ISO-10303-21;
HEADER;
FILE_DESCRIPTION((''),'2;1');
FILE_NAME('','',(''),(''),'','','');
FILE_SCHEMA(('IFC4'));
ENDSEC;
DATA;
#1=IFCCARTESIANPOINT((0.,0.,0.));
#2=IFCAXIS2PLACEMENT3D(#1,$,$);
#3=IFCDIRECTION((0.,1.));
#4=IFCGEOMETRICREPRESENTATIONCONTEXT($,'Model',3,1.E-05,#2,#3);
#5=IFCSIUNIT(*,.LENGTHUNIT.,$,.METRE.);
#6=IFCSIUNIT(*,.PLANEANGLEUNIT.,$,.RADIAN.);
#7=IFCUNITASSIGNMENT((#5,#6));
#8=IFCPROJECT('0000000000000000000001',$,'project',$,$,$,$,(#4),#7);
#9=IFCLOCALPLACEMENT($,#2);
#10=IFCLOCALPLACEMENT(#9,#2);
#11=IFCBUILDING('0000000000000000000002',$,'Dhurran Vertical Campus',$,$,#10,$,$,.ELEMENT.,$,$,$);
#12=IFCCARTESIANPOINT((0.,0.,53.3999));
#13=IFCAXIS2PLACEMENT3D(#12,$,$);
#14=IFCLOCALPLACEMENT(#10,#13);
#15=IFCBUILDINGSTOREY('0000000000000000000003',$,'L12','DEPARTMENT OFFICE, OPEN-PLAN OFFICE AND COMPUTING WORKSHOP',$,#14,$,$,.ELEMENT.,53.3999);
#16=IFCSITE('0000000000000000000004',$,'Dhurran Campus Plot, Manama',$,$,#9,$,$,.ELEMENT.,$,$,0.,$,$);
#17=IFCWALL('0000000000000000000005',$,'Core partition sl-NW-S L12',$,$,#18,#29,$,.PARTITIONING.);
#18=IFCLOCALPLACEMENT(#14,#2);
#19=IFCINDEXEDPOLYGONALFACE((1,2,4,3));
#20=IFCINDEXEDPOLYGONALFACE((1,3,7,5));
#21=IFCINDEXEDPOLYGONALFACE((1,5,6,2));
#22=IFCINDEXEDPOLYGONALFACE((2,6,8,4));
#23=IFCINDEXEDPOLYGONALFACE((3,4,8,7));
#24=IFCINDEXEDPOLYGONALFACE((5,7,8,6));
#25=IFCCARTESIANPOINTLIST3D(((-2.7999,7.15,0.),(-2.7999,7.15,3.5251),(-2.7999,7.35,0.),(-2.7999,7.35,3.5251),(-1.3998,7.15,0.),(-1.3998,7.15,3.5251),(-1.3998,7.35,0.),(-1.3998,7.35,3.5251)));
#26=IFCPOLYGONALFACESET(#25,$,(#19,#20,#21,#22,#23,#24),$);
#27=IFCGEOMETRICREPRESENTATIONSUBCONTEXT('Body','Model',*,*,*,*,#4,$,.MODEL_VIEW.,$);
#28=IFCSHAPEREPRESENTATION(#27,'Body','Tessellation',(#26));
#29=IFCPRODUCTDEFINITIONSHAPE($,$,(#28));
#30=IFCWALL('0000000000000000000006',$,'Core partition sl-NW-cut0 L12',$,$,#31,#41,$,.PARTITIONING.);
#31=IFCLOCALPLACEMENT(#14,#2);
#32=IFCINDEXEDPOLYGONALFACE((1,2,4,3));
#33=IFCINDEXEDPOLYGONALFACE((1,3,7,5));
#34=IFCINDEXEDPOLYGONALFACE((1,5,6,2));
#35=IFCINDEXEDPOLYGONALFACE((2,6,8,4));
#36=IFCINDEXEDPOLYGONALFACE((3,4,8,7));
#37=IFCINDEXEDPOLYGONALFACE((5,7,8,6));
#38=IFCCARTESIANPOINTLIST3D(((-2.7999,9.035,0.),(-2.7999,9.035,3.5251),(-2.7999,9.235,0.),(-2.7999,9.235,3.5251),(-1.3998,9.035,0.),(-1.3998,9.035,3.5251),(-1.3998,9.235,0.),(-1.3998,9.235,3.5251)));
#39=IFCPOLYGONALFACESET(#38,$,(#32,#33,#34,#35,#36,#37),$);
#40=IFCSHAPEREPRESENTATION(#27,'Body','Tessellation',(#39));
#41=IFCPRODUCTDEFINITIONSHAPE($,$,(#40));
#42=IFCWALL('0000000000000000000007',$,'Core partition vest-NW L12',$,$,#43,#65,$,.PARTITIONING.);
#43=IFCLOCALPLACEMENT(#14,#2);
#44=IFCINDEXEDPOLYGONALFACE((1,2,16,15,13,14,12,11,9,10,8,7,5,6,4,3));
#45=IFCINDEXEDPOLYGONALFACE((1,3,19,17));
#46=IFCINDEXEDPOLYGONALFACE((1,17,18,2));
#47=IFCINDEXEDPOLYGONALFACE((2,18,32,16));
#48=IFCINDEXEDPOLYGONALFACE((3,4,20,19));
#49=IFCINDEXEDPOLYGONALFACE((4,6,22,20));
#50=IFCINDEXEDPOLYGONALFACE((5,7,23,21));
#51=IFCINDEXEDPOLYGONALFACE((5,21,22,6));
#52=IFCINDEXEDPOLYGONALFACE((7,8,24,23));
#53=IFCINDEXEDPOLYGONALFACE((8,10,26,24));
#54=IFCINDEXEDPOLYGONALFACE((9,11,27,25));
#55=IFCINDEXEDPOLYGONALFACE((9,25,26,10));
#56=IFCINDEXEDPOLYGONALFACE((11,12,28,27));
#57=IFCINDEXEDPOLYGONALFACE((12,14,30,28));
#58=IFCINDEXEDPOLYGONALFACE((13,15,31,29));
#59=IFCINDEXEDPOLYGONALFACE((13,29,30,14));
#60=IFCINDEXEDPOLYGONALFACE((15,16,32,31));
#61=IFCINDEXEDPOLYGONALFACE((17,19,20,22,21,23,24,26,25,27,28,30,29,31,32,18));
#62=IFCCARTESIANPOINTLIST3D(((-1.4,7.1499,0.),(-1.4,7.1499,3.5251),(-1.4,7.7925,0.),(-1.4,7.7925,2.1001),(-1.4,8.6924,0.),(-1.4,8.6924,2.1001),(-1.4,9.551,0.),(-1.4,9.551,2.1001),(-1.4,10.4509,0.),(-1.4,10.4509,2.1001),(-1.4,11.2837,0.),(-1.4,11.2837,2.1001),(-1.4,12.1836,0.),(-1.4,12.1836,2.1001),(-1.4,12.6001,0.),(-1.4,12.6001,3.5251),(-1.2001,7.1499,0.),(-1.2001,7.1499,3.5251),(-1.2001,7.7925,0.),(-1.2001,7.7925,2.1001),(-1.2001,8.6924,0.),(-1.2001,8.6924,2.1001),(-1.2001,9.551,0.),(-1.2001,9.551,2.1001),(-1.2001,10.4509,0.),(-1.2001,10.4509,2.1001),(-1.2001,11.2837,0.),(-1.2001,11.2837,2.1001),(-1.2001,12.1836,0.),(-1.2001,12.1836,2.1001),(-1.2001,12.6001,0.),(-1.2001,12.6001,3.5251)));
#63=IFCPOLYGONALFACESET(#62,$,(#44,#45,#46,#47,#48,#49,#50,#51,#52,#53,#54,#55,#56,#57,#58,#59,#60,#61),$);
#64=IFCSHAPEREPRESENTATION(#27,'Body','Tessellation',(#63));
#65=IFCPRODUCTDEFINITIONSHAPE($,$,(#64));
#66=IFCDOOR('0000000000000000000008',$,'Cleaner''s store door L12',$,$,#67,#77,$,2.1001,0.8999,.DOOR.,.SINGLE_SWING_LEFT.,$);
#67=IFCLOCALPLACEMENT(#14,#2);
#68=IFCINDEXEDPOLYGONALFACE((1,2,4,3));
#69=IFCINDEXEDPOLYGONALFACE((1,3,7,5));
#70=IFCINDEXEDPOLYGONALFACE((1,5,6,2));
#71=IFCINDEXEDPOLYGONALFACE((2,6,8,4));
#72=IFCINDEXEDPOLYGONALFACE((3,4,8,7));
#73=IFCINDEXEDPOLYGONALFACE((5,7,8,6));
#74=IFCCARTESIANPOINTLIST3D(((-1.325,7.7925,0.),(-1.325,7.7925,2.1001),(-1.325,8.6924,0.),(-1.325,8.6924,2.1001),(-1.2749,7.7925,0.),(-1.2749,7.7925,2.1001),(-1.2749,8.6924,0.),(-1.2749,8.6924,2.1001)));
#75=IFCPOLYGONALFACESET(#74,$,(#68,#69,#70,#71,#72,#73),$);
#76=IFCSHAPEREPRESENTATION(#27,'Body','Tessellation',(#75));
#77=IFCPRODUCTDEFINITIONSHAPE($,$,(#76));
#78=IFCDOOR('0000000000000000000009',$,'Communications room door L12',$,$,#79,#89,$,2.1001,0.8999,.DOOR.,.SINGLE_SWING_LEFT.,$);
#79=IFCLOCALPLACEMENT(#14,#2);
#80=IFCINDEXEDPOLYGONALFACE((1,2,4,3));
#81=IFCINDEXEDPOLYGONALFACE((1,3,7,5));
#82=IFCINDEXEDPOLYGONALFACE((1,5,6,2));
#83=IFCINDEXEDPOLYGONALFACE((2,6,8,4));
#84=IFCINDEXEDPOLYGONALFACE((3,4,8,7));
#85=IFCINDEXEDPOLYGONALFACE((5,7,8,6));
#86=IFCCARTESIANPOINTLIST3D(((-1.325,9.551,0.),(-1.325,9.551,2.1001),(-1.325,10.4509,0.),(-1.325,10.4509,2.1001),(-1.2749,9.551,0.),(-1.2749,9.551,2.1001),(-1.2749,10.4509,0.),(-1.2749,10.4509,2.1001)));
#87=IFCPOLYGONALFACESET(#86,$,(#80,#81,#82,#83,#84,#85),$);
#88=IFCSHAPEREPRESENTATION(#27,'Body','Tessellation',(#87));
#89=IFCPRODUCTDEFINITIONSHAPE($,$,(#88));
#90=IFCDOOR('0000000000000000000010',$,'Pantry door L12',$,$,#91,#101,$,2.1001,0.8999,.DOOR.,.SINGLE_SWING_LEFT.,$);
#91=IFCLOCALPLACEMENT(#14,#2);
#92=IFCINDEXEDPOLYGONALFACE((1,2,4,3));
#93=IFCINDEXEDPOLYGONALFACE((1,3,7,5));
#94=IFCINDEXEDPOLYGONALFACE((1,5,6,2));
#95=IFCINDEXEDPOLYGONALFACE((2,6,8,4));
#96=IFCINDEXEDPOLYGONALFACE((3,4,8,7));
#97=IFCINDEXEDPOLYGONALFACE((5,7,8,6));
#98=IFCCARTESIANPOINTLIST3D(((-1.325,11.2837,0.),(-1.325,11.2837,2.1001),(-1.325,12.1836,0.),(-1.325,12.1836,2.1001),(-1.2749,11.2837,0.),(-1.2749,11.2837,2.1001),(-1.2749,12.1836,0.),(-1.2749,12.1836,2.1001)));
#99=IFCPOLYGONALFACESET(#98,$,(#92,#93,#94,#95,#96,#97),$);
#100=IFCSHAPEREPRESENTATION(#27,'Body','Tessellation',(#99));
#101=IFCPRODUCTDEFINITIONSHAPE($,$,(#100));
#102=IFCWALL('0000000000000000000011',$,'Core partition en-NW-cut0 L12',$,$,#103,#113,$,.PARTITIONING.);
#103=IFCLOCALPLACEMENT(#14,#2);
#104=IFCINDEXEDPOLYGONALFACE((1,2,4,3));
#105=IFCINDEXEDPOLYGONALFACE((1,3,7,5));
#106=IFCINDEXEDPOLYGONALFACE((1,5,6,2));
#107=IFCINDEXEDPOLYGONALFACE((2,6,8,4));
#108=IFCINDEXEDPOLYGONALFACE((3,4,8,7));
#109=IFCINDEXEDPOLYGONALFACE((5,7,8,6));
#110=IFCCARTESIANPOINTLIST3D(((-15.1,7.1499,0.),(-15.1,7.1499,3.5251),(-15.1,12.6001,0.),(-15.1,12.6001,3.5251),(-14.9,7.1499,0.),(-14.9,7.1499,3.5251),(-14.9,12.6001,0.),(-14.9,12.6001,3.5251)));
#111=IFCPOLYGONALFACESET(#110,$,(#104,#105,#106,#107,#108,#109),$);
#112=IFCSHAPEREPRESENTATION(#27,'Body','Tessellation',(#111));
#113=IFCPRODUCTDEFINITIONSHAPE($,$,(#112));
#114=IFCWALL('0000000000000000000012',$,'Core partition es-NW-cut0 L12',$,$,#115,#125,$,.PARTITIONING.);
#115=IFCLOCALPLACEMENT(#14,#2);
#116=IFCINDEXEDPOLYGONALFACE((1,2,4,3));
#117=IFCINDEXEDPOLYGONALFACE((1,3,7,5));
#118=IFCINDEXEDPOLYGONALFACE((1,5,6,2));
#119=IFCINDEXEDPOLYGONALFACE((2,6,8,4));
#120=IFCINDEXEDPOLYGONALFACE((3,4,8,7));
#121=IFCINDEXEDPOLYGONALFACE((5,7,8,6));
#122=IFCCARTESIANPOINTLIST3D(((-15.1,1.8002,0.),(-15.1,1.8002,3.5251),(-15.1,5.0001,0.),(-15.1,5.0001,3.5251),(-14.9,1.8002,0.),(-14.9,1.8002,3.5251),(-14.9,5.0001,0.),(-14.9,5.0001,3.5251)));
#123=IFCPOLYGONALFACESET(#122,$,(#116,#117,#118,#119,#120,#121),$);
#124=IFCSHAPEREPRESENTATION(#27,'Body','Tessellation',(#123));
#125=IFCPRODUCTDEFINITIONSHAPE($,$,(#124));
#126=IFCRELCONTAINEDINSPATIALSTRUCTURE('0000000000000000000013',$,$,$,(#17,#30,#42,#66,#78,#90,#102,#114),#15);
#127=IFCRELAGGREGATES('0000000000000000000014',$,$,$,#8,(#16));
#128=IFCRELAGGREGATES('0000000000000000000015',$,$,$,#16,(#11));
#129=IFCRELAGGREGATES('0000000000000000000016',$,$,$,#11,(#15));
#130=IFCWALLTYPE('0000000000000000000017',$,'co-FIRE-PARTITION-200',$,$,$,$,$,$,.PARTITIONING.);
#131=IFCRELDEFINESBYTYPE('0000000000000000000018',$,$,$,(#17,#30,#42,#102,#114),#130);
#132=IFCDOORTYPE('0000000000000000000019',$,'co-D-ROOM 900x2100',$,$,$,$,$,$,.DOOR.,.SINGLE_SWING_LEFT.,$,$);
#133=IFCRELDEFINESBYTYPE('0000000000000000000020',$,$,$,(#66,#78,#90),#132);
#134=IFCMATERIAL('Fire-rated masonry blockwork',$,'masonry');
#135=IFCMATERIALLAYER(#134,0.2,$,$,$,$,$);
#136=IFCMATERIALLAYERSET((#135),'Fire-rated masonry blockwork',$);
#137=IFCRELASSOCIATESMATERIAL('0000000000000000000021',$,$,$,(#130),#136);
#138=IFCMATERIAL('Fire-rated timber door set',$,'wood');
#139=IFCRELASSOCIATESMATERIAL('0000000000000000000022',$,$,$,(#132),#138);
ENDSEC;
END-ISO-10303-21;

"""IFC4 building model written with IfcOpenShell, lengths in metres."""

from ifc_helpers import new_model, si_unit, direction, frame, frame_2d, origin, place, context, subcontext, project, spatial, rectangle, extrude, material, layer, layer_set, type_object, element, fill, save


model = new_model("IFC4")

# Units and contexts
model_context = context("Model", 3, precision=1e-05, world=origin(), true_north=direction((0.0, 1.0)))
body_context = subcontext(model_context, "Body", "Model", "MODEL_VIEW")
ifc_project = project(units=[si_unit("LENGTHUNIT", "METRE"), si_unit("PLANEANGLEUNIT", "RADIAN")], contexts=[model_context])

# Site, building, storey
site_placement = place(None, origin())
site = spatial("IfcSite", under=ifc_project, at=site_placement, Name="Dhurran Campus Plot, Manama", CompositionType="ELEMENT", RefElevation=0.0)
building_placement = place(site_placement, origin())
building = spatial("IfcBuilding", under=site, at=building_placement, Name="Dhurran Vertical Campus", CompositionType="ELEMENT")
storey_placement = place(building_placement, frame((0.0, 0.0, 53.3999)))
storey = spatial("IfcBuildingStorey", under=building, at=storey_placement, Name="L12", Description="DEPARTMENT OFFICE, OPEN-PLAN OFFICE AND COMPUTING WORKSHOP", CompositionType="ELEMENT", Elevation=53.3999)

# Walls
ifc_material_1 = material(Name="Fire-rated masonry blockwork", Category="masonry")
ifc_layer_1 = layer(ifc_material_1, 0.2)
ifc_layer_set_1 = layer_set([ifc_layer_1], Name="Fire-rated masonry blockwork")
wall_type_1 = type_object("IfcWallType", Name="co-FIRE-PARTITION-200", PredefinedType="PARTITIONING", material=ifc_layer_set_1)
for number, where, z_axis, x_axis, name in (
    (1, (-2.8, 7.25, 0.0), (0.0, 0.0, 1.0), (1.0, 0.0, 0.0), "Core partition sl-NW-S L12"),
    (2, (-2.8, 9.135, 0.0), (0.0, 0.0, 1.0), (1.0, 0.0, 0.0), "Core partition sl-NW-cut0 L12"),
):
    element("IfcWall", number, at=place(storey_placement, frame(where, z_axis=z_axis, x_axis=x_axis)), inside=storey, type_object=wall_type_1, Name=name, PredefinedType="PARTITIONING", context=body_context, shape_type="SweptSolid", body=[
        extrude(rectangle(XDim=1.4001, YDim=0.2, at=frame_2d((0.7002, 0.0))), origin(), (0.0, 0.0, 1.0), 3.5251),
    ])

# Wall, openings, doors
wall_1_placement = place(storey_placement, frame((-1.3, 7.1499, 0.0), z_axis=(0.0, 0.0, 1.0), x_axis=(0.0, 1.0, 0.0)))
wall_1 = element("IfcWall", 3, at=wall_1_placement, inside=storey, type_object=wall_type_1, Name="Core partition vest-NW L12", PredefinedType="PARTITIONING", context=body_context, shape_type="SweptSolid", body=[
    extrude(rectangle(XDim=5.4502, YDim=0.2, at=frame_2d((2.7251, 0.0))), origin(), (0.0, 0.0, 1.0), 3.5251),
])
opening_1_placement = place(wall_1_placement, frame((0.6426, 0.0, 0.0)))
opening_1 = element("IfcOpeningElement", 4, at=opening_1_placement, cuts=wall_1, PredefinedType="OPENING", context=body_context, shape_type="SweptSolid", body=[
    extrude(rectangle(XDim=0.8999, YDim=2.1001, at=frame_2d((0.45, 1.05))), frame((0.0, 0.1099, 0.0), z_axis=(0.0, -1.0, 0.0), x_axis=(1.0, 0.0, 0.0)), (0.0, 0.0, 1.0), 0.22),
])
opening_2_placement = place(wall_1_placement, frame((2.4011, 0.0, 0.0)))
opening_2 = element("IfcOpeningElement", 5, at=opening_2_placement, cuts=wall_1, PredefinedType="OPENING", context=body_context, shape_type="SweptSolid", body=[
    extrude(rectangle(XDim=0.8999, YDim=2.1001, at=frame_2d((0.45, 1.05))), frame((0.0, 0.1099, 0.0), z_axis=(0.0, -1.0, 0.0), x_axis=(1.0, 0.0, 0.0)), (0.0, 0.0, 1.0), 0.22),
])
opening_3_placement = place(wall_1_placement, frame((4.1338, 0.0, 0.0)))
opening_3 = element("IfcOpeningElement", 6, at=opening_3_placement, cuts=wall_1, PredefinedType="OPENING", context=body_context, shape_type="SweptSolid", body=[
    extrude(rectangle(XDim=0.8999, YDim=2.1001, at=frame_2d((0.45, 1.05))), frame((0.0, 0.1099, 0.0), z_axis=(0.0, -1.0, 0.0), x_axis=(1.0, 0.0, 0.0)), (0.0, 0.0, 1.0), 0.22),
])
ifc_material_2 = material(Name="Fire-rated timber door set", Category="wood")
door_type_1 = type_object("IfcDoorType", Name="co-D-ROOM 900x2100", OperationType="SINGLE_SWING_LEFT", PredefinedType="DOOR", material=ifc_material_2)
door_1_placement = place(opening_1_placement, origin())
door_1 = element("IfcDoor", 7, at=door_1_placement, inside=storey, type_object=door_type_1, Name="Cleaner's store door L12", OperationType="SINGLE_SWING_LEFT", OverallHeight=2.1001, OverallWidth=0.8999, PredefinedType="DOOR", context=body_context, shape_type="SweptSolid", body=[
    extrude(rectangle(XDim=0.8999, YDim=2.1001, at=frame_2d((0.45, 1.05))), frame((0.0, 0.0249, 0.0), z_axis=(0.0, -1.0, 0.0), x_axis=(1.0, 0.0, 0.0)), (0.0, 0.0, 1.0), 0.05),
])
fill(opening_1, door_1)
door_2_placement = place(opening_2_placement, origin())
door_2 = element("IfcDoor", 8, at=door_2_placement, inside=storey, type_object=door_type_1, Name="Communications room door L12", OperationType="SINGLE_SWING_LEFT", OverallHeight=2.1001, OverallWidth=0.8999, PredefinedType="DOOR", context=body_context, shape_type="SweptSolid", body=[
    extrude(rectangle(XDim=0.8999, YDim=2.1001, at=frame_2d((0.45, 1.05))), frame((0.0, 0.0249, 0.0), z_axis=(0.0, -1.0, 0.0), x_axis=(1.0, 0.0, 0.0)), (0.0, 0.0, 1.0), 0.05),
])
fill(opening_2, door_2)
door_3_placement = place(opening_3_placement, origin())
door_3 = element("IfcDoor", 9, at=door_3_placement, inside=storey, type_object=door_type_1, Name="Pantry door L12", OperationType="SINGLE_SWING_LEFT", OverallHeight=2.1001, OverallWidth=0.8999, PredefinedType="DOOR", context=body_context, shape_type="SweptSolid", body=[
    extrude(rectangle(XDim=0.8999, YDim=2.1001, at=frame_2d((0.45, 1.05))), frame((0.0, 0.0249, 0.0), z_axis=(0.0, -1.0, 0.0), x_axis=(1.0, 0.0, 0.0)), (0.0, 0.0, 1.0), 0.05),
])
fill(opening_3, door_3)

# Walls
wall_2_placement = place(storey_placement, frame((-15.0, 7.1499, 0.0), z_axis=(0.0, 0.0, 1.0), x_axis=(0.0, 1.0, 0.0)))
element("IfcWall", 10, at=wall_2_placement, inside=storey, type_object=wall_type_1, Name="Core partition en-NW-cut0 L12", PredefinedType="PARTITIONING", context=body_context, shape_type="SweptSolid", body=[
    extrude(rectangle(XDim=5.4502, YDim=0.2, at=frame_2d((2.7251, 0.0))), origin(), (0.0, 0.0, 1.0), 3.5251),
])
wall_3_placement = place(storey_placement, frame((-15.0, 1.8, 0.0), z_axis=(0.0, 0.0, 1.0), x_axis=(0.0, 1.0, 0.0)))
element("IfcWall", 11, at=wall_3_placement, inside=storey, type_object=wall_type_1, Name="Core partition es-NW-cut0 L12", PredefinedType="PARTITIONING", context=body_context, shape_type="SweptSolid", body=[
    extrude(rectangle(XDim=3.2, YDim=0.2, at=frame_2d((1.6001, 0.0))), origin(), (0.0, 0.0, 1.0), 3.5251),
])

save(model, "model.ifc")
